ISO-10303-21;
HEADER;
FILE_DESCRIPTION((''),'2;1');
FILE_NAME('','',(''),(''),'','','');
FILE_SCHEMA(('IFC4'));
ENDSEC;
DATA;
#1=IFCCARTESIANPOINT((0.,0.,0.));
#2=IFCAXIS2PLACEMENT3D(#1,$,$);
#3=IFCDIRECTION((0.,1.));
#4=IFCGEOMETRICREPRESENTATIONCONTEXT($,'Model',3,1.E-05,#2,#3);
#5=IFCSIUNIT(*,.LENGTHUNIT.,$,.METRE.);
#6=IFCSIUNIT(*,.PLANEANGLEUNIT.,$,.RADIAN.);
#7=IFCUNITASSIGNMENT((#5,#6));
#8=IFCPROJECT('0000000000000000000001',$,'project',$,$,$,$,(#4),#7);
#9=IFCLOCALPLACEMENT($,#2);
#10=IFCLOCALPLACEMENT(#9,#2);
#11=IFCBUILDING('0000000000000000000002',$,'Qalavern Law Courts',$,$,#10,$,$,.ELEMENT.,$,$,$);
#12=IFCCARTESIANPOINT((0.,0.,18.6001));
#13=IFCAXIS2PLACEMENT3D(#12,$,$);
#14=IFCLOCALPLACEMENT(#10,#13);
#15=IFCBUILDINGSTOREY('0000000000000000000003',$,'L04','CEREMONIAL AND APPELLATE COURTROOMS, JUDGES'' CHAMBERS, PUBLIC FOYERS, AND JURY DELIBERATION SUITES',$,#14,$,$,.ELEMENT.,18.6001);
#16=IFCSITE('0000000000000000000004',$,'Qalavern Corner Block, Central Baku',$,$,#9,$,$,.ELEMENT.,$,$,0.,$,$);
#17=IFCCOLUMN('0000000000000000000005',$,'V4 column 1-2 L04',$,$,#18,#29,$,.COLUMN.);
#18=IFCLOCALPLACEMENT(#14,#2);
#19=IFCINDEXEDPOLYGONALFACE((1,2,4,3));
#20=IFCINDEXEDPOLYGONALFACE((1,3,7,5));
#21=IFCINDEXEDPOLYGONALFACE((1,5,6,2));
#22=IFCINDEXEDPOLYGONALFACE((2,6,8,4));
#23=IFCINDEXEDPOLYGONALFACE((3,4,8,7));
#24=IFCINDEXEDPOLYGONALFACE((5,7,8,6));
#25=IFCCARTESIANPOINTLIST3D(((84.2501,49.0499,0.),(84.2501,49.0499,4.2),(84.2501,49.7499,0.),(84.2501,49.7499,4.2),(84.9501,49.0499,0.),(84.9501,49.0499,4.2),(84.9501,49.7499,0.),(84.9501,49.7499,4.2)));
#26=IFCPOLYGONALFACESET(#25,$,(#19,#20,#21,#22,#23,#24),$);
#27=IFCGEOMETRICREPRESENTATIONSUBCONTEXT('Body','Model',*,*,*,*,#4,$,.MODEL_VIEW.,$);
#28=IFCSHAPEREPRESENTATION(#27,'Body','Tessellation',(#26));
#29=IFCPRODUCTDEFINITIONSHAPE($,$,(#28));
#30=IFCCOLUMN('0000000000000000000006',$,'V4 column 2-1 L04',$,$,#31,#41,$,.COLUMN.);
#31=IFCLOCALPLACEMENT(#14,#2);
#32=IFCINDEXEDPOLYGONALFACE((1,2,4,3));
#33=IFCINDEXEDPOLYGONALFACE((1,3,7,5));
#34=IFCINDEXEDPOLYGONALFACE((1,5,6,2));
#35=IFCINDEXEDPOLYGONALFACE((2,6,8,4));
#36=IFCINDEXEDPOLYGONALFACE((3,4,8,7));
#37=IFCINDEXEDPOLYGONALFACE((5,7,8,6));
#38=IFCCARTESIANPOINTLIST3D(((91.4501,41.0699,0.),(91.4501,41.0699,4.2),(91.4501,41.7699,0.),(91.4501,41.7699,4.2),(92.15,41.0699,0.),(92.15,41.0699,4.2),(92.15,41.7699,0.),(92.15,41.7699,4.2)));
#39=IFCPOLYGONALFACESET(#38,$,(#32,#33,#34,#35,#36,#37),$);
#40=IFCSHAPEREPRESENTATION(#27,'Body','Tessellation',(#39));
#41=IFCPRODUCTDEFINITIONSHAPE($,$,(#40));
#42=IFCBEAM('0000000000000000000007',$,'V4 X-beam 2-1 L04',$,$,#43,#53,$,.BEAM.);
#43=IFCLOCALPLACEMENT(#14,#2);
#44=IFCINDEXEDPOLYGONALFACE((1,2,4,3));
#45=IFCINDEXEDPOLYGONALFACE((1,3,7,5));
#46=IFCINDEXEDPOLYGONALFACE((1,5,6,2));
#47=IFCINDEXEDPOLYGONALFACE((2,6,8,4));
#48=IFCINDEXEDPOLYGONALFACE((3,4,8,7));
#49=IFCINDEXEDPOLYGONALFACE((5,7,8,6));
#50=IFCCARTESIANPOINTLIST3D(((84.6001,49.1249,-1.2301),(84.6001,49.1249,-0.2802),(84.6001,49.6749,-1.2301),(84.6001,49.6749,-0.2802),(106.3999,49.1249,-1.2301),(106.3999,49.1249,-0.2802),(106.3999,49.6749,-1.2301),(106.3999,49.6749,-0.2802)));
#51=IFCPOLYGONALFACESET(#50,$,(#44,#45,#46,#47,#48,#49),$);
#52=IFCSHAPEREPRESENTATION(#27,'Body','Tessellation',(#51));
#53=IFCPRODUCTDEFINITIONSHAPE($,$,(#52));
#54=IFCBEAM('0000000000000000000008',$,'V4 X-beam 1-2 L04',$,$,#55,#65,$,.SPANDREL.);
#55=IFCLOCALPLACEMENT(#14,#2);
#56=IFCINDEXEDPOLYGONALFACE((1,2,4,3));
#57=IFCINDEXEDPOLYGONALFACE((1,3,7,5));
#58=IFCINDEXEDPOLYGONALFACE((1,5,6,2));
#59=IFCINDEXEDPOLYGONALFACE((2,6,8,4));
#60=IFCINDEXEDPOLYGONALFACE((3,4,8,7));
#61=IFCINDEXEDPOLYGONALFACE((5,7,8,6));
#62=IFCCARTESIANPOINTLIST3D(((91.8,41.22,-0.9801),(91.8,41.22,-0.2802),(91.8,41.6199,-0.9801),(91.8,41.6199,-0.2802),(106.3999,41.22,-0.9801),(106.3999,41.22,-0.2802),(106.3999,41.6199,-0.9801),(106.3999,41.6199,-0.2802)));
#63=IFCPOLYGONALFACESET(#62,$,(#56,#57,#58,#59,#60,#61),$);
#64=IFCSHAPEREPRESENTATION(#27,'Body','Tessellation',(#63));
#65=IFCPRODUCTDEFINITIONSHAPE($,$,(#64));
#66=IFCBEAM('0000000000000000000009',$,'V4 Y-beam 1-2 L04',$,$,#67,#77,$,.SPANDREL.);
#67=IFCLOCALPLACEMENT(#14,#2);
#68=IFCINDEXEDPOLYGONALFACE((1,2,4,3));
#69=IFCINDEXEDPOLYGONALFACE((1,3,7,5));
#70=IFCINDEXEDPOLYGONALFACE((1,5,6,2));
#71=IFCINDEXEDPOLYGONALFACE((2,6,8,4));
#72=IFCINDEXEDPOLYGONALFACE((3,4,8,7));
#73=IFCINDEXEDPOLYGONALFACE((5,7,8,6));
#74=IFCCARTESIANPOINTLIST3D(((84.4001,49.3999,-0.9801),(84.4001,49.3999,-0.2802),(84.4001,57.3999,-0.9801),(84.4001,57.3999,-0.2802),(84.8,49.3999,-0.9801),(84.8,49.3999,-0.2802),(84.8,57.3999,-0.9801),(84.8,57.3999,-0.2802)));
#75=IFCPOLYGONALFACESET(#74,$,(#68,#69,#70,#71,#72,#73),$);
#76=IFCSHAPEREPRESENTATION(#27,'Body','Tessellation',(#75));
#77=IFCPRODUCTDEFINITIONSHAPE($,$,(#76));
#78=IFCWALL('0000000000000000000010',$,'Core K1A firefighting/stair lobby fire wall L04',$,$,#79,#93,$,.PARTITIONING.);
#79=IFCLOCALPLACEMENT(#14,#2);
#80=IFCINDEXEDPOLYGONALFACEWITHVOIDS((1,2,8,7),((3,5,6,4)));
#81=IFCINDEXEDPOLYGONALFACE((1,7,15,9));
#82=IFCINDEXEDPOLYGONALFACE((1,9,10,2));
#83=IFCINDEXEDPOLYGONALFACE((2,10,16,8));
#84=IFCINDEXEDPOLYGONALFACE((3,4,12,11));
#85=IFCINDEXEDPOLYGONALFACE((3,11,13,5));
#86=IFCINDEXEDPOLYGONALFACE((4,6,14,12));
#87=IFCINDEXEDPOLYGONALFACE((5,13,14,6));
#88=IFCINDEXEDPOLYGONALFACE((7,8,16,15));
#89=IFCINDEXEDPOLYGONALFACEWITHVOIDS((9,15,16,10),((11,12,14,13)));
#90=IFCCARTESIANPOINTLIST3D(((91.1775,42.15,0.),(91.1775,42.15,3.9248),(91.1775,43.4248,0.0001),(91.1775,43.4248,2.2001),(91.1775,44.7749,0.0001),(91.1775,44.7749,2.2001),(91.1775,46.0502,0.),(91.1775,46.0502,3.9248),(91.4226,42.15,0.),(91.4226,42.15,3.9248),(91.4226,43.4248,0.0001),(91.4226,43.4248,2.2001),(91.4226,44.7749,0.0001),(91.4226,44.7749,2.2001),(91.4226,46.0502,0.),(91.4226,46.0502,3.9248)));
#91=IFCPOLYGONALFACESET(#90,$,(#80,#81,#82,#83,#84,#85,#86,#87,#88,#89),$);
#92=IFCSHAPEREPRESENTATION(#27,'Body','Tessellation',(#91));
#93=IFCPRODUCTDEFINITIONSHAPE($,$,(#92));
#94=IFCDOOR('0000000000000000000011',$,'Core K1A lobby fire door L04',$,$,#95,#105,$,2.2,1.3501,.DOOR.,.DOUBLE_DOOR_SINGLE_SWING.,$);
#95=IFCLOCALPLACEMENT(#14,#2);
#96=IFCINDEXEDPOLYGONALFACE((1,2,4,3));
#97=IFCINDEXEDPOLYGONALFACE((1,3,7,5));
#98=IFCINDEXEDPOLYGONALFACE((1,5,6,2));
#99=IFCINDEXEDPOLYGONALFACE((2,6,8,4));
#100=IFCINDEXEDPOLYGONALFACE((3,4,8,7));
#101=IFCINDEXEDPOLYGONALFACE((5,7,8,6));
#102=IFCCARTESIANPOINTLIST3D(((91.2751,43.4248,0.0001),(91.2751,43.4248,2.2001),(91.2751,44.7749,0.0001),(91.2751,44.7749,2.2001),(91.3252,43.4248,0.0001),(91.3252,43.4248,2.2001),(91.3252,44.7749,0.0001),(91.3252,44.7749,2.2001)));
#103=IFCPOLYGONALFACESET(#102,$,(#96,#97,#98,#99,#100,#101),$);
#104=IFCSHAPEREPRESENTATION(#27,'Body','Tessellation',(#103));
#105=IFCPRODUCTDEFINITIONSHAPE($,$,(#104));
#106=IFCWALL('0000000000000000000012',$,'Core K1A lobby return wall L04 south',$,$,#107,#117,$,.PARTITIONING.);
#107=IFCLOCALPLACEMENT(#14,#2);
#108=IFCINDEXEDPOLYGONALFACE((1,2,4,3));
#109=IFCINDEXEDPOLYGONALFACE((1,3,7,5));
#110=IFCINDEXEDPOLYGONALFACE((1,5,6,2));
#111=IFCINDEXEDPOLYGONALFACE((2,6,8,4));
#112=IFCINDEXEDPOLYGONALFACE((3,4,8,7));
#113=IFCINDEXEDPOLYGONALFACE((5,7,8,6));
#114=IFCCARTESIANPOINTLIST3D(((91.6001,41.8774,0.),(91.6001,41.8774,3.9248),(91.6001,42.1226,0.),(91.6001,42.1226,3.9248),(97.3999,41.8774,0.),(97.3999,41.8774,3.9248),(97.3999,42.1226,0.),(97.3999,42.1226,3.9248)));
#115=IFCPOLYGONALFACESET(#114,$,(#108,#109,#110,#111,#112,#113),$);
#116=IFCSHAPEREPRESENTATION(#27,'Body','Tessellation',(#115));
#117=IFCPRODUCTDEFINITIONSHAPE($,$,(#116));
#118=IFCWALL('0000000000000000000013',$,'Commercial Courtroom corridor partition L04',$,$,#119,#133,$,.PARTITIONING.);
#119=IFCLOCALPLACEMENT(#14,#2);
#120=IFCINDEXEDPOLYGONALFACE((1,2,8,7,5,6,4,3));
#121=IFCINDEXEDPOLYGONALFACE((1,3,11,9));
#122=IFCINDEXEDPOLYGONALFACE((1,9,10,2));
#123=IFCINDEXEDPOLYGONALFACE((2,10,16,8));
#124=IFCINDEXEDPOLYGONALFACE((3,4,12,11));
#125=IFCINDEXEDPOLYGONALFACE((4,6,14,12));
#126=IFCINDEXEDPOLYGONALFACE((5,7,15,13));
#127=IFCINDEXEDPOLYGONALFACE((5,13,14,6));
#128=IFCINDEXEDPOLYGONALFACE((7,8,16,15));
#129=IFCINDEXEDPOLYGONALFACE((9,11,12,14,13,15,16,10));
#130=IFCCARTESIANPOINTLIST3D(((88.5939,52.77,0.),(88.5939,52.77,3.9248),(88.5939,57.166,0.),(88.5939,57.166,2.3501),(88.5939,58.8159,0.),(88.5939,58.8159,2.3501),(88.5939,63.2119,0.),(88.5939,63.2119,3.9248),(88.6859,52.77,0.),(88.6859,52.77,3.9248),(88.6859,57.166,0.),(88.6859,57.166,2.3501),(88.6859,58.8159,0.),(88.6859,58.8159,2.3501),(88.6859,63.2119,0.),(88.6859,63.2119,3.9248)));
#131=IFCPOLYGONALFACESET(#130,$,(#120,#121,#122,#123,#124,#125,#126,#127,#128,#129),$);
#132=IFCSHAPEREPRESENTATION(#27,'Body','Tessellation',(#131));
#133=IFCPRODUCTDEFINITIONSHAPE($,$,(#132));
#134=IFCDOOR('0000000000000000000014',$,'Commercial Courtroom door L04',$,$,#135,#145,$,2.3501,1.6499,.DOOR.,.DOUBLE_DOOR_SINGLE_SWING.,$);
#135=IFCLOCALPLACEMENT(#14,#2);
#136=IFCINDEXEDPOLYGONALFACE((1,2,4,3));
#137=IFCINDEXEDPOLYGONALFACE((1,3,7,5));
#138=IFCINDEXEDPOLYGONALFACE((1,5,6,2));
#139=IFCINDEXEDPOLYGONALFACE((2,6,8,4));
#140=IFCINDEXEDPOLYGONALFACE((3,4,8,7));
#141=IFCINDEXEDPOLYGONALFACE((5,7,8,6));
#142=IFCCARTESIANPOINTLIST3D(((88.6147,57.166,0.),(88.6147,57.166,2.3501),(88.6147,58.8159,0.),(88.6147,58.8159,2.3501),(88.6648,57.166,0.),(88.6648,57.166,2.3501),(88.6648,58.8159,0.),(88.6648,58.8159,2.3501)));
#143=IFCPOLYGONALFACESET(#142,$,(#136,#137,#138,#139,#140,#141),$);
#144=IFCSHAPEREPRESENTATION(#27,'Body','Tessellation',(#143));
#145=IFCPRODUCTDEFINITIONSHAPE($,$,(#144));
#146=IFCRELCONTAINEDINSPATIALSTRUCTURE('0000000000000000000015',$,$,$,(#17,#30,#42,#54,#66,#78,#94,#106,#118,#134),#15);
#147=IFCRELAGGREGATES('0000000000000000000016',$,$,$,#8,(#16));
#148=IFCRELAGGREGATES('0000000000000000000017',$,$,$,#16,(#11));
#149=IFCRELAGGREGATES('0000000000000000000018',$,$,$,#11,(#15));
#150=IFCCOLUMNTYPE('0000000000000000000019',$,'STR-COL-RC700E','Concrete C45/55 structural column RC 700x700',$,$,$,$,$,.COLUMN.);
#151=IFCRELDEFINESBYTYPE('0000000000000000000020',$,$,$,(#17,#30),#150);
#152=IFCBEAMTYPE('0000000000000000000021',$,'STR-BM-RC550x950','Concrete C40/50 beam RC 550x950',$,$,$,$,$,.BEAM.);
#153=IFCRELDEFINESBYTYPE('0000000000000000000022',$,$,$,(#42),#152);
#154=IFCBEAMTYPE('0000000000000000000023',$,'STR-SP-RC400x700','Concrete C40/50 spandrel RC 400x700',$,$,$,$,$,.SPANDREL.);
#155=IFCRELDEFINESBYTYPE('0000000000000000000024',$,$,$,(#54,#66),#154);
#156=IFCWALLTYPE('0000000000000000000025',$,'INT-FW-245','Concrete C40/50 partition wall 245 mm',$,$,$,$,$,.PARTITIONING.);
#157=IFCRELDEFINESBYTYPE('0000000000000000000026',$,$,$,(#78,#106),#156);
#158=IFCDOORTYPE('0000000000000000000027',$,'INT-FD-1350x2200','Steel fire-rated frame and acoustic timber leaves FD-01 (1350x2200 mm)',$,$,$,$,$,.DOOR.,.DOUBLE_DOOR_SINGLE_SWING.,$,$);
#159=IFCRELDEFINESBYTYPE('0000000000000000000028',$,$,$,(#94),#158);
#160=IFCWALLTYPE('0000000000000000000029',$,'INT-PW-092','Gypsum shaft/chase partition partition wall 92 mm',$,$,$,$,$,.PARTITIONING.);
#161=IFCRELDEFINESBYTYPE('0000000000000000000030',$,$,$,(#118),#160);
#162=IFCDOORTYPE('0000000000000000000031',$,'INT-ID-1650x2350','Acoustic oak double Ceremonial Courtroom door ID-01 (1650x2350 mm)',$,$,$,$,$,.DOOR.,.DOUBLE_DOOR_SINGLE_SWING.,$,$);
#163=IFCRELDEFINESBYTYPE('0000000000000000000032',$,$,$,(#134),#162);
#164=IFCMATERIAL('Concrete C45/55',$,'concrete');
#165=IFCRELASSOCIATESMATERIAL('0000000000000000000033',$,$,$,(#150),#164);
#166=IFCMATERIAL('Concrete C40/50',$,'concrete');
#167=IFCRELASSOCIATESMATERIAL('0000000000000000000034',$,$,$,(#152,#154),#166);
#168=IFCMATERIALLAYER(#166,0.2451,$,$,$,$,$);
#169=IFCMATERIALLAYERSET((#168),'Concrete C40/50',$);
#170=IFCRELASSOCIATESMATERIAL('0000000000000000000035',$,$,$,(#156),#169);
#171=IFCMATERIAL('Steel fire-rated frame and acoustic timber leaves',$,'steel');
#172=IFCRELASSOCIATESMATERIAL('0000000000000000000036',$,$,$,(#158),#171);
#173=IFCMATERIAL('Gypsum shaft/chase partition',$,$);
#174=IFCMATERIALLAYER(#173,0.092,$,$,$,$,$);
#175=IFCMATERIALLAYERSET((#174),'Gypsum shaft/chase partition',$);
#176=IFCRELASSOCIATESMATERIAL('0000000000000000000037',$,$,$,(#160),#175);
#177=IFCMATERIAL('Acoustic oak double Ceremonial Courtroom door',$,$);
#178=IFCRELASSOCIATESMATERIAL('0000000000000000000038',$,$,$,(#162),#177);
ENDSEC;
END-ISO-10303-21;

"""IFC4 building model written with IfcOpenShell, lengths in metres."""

from ifc_helpers import new_model, si_unit, direction, frame, frame_2d, origin, origin_2d, place, context, subcontext, project, spatial, rectangle, extrude, material, layer, layer_set, material_profile, profile_set, type_object, element, fill, save


model = new_model("IFC4")

# Units and contexts
model_context = context("Model", 3, precision=1e-05, world=origin(), true_north=direction((0.0, 1.0)))
body_context = subcontext(model_context, "Body", "Model", "MODEL_VIEW")
ifc_project = project(units=[si_unit("LENGTHUNIT", "METRE"), si_unit("PLANEANGLEUNIT", "RADIAN")], contexts=[model_context])

# Site, building, storey
site_placement = place(None, origin())
site = spatial("IfcSite", under=ifc_project, at=site_placement, Name="Qalavern Corner Block, Central Baku", CompositionType="ELEMENT", RefElevation=0.0)
building_placement = place(site_placement, origin())
building = spatial("IfcBuilding", under=site, at=building_placement, Name="Qalavern Law Courts", CompositionType="ELEMENT")
storey_placement = place(building_placement, frame((0.0, 0.0, 18.6001)))
storey = spatial("IfcBuildingStorey", under=building, at=storey_placement, Name="L04", Description="CEREMONIAL AND APPELLATE COURTROOMS, JUDGES' CHAMBERS, PUBLIC FOYERS, AND JURY DELIBERATION SUITES", CompositionType="ELEMENT", Elevation=18.6001)

# Columns
ifc_material_1 = material(Name="Concrete C45/55", Category="concrete")
ifc_material_profile_1 = material_profile(ifc_material_1, rectangle(XDim=0.7, YDim=0.7, at=origin_2d()), Name="RC 700x700")
ifc_profile_set_1 = profile_set([ifc_material_profile_1], Name="Concrete C45/55")
column_type = type_object("IfcColumnType", Name="STR-COL-RC700E", Description="Concrete C45/55 structural column RC 700x700", PredefinedType="COLUMN", material=ifc_profile_set_1)
for number, where, z_axis, x_axis, name in (
    (1, (84.6001, 49.3999, 0.0), (0.0, 0.0, 1.0), (1.0, 0.0, 0.0), "V4 column 1-2 L04"),
    (2, (91.8, 41.4199, 0.0), (0.0, 0.0, 1.0), (1.0, 0.0, 0.0), "V4 column 2-1 L04"),
):
    element("IfcColumn", number, at=place(storey_placement, frame(where, z_axis=z_axis, x_axis=x_axis)), inside=storey, type_object=column_type, Name=name, PredefinedType="COLUMN", context=body_context, shape_type="SweptSolid", body=[
        extrude(rectangle(XDim=0.7, YDim=0.7, at=origin_2d()), origin(), (0.0, 0.0, 1.0), 4.2),
    ])

# Beams
ifc_material_2 = material(Name="Concrete C40/50", Category="concrete")
ifc_material_profile_2 = material_profile(ifc_material_2, rectangle(XDim=0.55, YDim=0.95, at=origin_2d()), Name="RC 550x950")
ifc_profile_set_2 = profile_set([ifc_material_profile_2], Name="Concrete C40/50")
beam_type_1 = type_object("IfcBeamType", Name="STR-BM-RC550x950", Description="Concrete C40/50 beam RC 550x950", PredefinedType="BEAM", material=ifc_profile_set_2)
beam_1_placement = place(storey_placement, frame((84.6001, 49.3999, -0.7551), z_axis=(1.0, 0.0, 0.0), x_axis=(0.0, 1.0, 0.0)))
element("IfcBeam", 3, at=beam_1_placement, inside=storey, type_object=beam_type_1, Name="V4 X-beam 2-1 L04", PredefinedType="BEAM", context=body_context, shape_type="SweptSolid", body=[
    extrude(rectangle(XDim=0.55, YDim=0.95, at=origin_2d()), origin(), (0.0, 0.0, 1.0), 21.7998),
])
ifc_material_profile_3 = material_profile(ifc_material_2, rectangle(XDim=0.3999, YDim=0.7, at=origin_2d()), Name="RC 400x700")
ifc_profile_set_3 = profile_set([ifc_material_profile_3], Name="Concrete C40/50")
beam_type_2 = type_object("IfcBeamType", Name="STR-SP-RC400x700", Description="Concrete C40/50 spandrel RC 400x700", PredefinedType="SPANDREL", material=ifc_profile_set_3)
beam_2_placement = place(storey_placement, frame((91.8, 41.4199, -0.6301), z_axis=(1.0, 0.0, 0.0), x_axis=(0.0, 1.0, 0.0)))
element("IfcBeam", 4, at=beam_2_placement, inside=storey, type_object=beam_type_2, Name="V4 X-beam 1-2 L04", PredefinedType="SPANDREL", context=body_context, shape_type="SweptSolid", body=[
    extrude(rectangle(XDim=0.3999, YDim=0.7, at=origin_2d()), origin(), (0.0, 0.0, 1.0), 14.5999),
])
beam_3_placement = place(storey_placement, frame((84.6001, 49.3999, -0.6301), z_axis=(0.0, 1.0, 0.0), x_axis=(-1.0, 0.0, 0.0)))
element("IfcBeam", 5, at=beam_3_placement, inside=storey, type_object=beam_type_2, Name="V4 Y-beam 1-2 L04", PredefinedType="SPANDREL", context=body_context, shape_type="SweptSolid", body=[
    extrude(rectangle(XDim=0.3999, YDim=0.7, at=origin_2d()), origin(), (0.0, 0.0, 1.0), 8.0),
])

# Wall, opening, door
ifc_layer_1 = layer(ifc_material_2, 0.2451)
ifc_layer_set_1 = layer_set([ifc_layer_1], Name="Concrete C40/50")
wall_type_1 = type_object("IfcWallType", Name="INT-FW-245", Description="Concrete C40/50 partition wall 245 mm", PredefinedType="PARTITIONING", material=ifc_layer_set_1)
wall_1_placement = place(storey_placement, frame((91.3, 42.1499, 0.0), z_axis=(0.0, 0.0, 1.0), x_axis=(0.0, 1.0, 0.0)))
wall_1 = element("IfcWall", 6, at=wall_1_placement, inside=storey, type_object=wall_type_1, Name="Core K1A firefighting/stair lobby fire wall L04", PredefinedType="PARTITIONING", context=body_context, shape_type="SweptSolid", body=[
    extrude(rectangle(XDim=3.9001, YDim=0.2451, at=frame_2d((1.9502, 0.0))), origin(), (0.0, 0.0, 1.0), 3.9248),
])
opening_1_placement = place(wall_1_placement, frame((1.2749, 0.0, 0.0)))
opening_1 = element("IfcOpeningElement", 7, at=opening_1_placement, cuts=wall_1, PredefinedType="OPENING", context=body_context, shape_type="SweptSolid", body=[
    extrude(rectangle(XDim=1.3501, YDim=2.2, at=frame_2d((0.675, 1.1001))), frame((0.0, 0.1375, 0.0), z_axis=(0.0, -1.0, 0.0), x_axis=(1.0, 0.0, 0.0)), (0.0, 0.0, 1.0), 0.2749),
])
ifc_material_3 = material(Name="Steel fire-rated frame and acoustic timber leaves", Category="steel")
door_type_1 = type_object("IfcDoorType", Name="INT-FD-1350x2200", Description="Steel fire-rated frame and acoustic timber leaves FD-01 (1350x2200 mm)", OperationType="DOUBLE_DOOR_SINGLE_SWING", PredefinedType="DOOR", material=ifc_material_3)
door_1_placement = place(opening_1_placement, origin())
door_1 = element("IfcDoor", 8, at=door_1_placement, inside=storey, type_object=door_type_1, Name="Core K1A lobby fire door L04", OperationType="DOUBLE_DOOR_SINGLE_SWING", OverallHeight=2.2, OverallWidth=1.3501, PredefinedType="DOOR", context=body_context, shape_type="SweptSolid", body=[
    extrude(rectangle(XDim=1.3501, YDim=2.2, at=frame_2d((0.675, 1.1001))), frame((0.0, 0.0249, 0.0), z_axis=(0.0, -1.0, 0.0), x_axis=(1.0, 0.0, 0.0)), (0.0, 0.0, 1.0), 0.05),
])
fill(opening_1, door_1)

# Wall
wall_2_placement = place(storey_placement, frame((91.6001, 42.0, 0.0), z_axis=(0.0, 0.0, 1.0), x_axis=(1.0, 0.0, 0.0)))
element("IfcWall", 9, at=wall_2_placement, inside=storey, type_object=wall_type_1, Name="Core K1A lobby return wall L04 south", PredefinedType="PARTITIONING", context=body_context, shape_type="SweptSolid", body=[
    extrude(rectangle(XDim=5.7998, YDim=0.2451, at=frame_2d((2.8999, 0.0))), origin(), (0.0, 0.0, 1.0), 3.9248),
])

# Wall, opening, door
ifc_material_4 = material(Name="Gypsum shaft/chase partition")
ifc_layer_2 = layer(ifc_material_4, 0.092)
ifc_layer_set_2 = layer_set([ifc_layer_2], Name="Gypsum shaft/chase partition")
wall_type_2 = type_object("IfcWallType", Name="INT-PW-092", Description="Gypsum shaft/chase partition partition wall 92 mm", PredefinedType="PARTITIONING", material=ifc_layer_set_2)
wall_3_placement = place(storey_placement, frame((88.6399, 52.77, 0.0), z_axis=(0.0, 0.0, 1.0), x_axis=(0.0, 1.0, 0.0)))
wall_3 = element("IfcWall", 10, at=wall_3_placement, inside=storey, type_object=wall_type_2, Name="Commercial Courtroom corridor partition L04", PredefinedType="PARTITIONING", context=body_context, shape_type="SweptSolid", body=[
    extrude(rectangle(XDim=10.4419, YDim=0.092, at=frame_2d((5.2209, 0.0))), origin(), (0.0, 0.0, 1.0), 3.9248),
])
opening_2_placement = place(wall_3_placement, frame((4.396, 0.0, 0.0)))
opening_2 = element("IfcOpeningElement", 11, at=opening_2_placement, cuts=wall_3, PredefinedType="OPENING", context=body_context, shape_type="SweptSolid", body=[
    extrude(rectangle(XDim=1.6499, YDim=2.3501, at=frame_2d((0.825, 1.175))), frame((0.0, 0.061, 0.0), z_axis=(0.0, -1.0, 0.0), x_axis=(1.0, 0.0, 0.0)), (0.0, 0.0, 1.0), 0.1218),
])
ifc_material_5 = material(Name="Acoustic oak double Ceremonial Courtroom door")
door_type_2 = type_object("IfcDoorType", Name="INT-ID-1650x2350", Description="Acoustic oak double Ceremonial Courtroom door ID-01 (1650x2350 mm)", OperationType="DOUBLE_DOOR_SINGLE_SWING", PredefinedType="DOOR", material=ifc_material_5)
door_2_placement = place(opening_2_placement, frame((1.6499, 0.0, 0.0), z_axis=(0.0, 0.0, 1.0), x_axis=(-1.0, 0.0, 0.0)))
door_2 = element("IfcDoor", 12, at=door_2_placement, inside=storey, type_object=door_type_2, Name="Commercial Courtroom door L04", OperationType="DOUBLE_DOOR_SINGLE_SWING", OverallHeight=2.3501, OverallWidth=1.6499, PredefinedType="DOOR", context=body_context, shape_type="SweptSolid", body=[
    extrude(rectangle(XDim=1.6499, YDim=2.3501, at=frame_2d((0.825, 1.175))), frame((0.0, 0.0249, 0.0), z_axis=(0.0, -1.0, 0.0), x_axis=(1.0, 0.0, 0.0)), (0.0, 0.0, 1.0), 0.05),
])
fill(opening_2, door_2)

save(model, "model.ifc")
